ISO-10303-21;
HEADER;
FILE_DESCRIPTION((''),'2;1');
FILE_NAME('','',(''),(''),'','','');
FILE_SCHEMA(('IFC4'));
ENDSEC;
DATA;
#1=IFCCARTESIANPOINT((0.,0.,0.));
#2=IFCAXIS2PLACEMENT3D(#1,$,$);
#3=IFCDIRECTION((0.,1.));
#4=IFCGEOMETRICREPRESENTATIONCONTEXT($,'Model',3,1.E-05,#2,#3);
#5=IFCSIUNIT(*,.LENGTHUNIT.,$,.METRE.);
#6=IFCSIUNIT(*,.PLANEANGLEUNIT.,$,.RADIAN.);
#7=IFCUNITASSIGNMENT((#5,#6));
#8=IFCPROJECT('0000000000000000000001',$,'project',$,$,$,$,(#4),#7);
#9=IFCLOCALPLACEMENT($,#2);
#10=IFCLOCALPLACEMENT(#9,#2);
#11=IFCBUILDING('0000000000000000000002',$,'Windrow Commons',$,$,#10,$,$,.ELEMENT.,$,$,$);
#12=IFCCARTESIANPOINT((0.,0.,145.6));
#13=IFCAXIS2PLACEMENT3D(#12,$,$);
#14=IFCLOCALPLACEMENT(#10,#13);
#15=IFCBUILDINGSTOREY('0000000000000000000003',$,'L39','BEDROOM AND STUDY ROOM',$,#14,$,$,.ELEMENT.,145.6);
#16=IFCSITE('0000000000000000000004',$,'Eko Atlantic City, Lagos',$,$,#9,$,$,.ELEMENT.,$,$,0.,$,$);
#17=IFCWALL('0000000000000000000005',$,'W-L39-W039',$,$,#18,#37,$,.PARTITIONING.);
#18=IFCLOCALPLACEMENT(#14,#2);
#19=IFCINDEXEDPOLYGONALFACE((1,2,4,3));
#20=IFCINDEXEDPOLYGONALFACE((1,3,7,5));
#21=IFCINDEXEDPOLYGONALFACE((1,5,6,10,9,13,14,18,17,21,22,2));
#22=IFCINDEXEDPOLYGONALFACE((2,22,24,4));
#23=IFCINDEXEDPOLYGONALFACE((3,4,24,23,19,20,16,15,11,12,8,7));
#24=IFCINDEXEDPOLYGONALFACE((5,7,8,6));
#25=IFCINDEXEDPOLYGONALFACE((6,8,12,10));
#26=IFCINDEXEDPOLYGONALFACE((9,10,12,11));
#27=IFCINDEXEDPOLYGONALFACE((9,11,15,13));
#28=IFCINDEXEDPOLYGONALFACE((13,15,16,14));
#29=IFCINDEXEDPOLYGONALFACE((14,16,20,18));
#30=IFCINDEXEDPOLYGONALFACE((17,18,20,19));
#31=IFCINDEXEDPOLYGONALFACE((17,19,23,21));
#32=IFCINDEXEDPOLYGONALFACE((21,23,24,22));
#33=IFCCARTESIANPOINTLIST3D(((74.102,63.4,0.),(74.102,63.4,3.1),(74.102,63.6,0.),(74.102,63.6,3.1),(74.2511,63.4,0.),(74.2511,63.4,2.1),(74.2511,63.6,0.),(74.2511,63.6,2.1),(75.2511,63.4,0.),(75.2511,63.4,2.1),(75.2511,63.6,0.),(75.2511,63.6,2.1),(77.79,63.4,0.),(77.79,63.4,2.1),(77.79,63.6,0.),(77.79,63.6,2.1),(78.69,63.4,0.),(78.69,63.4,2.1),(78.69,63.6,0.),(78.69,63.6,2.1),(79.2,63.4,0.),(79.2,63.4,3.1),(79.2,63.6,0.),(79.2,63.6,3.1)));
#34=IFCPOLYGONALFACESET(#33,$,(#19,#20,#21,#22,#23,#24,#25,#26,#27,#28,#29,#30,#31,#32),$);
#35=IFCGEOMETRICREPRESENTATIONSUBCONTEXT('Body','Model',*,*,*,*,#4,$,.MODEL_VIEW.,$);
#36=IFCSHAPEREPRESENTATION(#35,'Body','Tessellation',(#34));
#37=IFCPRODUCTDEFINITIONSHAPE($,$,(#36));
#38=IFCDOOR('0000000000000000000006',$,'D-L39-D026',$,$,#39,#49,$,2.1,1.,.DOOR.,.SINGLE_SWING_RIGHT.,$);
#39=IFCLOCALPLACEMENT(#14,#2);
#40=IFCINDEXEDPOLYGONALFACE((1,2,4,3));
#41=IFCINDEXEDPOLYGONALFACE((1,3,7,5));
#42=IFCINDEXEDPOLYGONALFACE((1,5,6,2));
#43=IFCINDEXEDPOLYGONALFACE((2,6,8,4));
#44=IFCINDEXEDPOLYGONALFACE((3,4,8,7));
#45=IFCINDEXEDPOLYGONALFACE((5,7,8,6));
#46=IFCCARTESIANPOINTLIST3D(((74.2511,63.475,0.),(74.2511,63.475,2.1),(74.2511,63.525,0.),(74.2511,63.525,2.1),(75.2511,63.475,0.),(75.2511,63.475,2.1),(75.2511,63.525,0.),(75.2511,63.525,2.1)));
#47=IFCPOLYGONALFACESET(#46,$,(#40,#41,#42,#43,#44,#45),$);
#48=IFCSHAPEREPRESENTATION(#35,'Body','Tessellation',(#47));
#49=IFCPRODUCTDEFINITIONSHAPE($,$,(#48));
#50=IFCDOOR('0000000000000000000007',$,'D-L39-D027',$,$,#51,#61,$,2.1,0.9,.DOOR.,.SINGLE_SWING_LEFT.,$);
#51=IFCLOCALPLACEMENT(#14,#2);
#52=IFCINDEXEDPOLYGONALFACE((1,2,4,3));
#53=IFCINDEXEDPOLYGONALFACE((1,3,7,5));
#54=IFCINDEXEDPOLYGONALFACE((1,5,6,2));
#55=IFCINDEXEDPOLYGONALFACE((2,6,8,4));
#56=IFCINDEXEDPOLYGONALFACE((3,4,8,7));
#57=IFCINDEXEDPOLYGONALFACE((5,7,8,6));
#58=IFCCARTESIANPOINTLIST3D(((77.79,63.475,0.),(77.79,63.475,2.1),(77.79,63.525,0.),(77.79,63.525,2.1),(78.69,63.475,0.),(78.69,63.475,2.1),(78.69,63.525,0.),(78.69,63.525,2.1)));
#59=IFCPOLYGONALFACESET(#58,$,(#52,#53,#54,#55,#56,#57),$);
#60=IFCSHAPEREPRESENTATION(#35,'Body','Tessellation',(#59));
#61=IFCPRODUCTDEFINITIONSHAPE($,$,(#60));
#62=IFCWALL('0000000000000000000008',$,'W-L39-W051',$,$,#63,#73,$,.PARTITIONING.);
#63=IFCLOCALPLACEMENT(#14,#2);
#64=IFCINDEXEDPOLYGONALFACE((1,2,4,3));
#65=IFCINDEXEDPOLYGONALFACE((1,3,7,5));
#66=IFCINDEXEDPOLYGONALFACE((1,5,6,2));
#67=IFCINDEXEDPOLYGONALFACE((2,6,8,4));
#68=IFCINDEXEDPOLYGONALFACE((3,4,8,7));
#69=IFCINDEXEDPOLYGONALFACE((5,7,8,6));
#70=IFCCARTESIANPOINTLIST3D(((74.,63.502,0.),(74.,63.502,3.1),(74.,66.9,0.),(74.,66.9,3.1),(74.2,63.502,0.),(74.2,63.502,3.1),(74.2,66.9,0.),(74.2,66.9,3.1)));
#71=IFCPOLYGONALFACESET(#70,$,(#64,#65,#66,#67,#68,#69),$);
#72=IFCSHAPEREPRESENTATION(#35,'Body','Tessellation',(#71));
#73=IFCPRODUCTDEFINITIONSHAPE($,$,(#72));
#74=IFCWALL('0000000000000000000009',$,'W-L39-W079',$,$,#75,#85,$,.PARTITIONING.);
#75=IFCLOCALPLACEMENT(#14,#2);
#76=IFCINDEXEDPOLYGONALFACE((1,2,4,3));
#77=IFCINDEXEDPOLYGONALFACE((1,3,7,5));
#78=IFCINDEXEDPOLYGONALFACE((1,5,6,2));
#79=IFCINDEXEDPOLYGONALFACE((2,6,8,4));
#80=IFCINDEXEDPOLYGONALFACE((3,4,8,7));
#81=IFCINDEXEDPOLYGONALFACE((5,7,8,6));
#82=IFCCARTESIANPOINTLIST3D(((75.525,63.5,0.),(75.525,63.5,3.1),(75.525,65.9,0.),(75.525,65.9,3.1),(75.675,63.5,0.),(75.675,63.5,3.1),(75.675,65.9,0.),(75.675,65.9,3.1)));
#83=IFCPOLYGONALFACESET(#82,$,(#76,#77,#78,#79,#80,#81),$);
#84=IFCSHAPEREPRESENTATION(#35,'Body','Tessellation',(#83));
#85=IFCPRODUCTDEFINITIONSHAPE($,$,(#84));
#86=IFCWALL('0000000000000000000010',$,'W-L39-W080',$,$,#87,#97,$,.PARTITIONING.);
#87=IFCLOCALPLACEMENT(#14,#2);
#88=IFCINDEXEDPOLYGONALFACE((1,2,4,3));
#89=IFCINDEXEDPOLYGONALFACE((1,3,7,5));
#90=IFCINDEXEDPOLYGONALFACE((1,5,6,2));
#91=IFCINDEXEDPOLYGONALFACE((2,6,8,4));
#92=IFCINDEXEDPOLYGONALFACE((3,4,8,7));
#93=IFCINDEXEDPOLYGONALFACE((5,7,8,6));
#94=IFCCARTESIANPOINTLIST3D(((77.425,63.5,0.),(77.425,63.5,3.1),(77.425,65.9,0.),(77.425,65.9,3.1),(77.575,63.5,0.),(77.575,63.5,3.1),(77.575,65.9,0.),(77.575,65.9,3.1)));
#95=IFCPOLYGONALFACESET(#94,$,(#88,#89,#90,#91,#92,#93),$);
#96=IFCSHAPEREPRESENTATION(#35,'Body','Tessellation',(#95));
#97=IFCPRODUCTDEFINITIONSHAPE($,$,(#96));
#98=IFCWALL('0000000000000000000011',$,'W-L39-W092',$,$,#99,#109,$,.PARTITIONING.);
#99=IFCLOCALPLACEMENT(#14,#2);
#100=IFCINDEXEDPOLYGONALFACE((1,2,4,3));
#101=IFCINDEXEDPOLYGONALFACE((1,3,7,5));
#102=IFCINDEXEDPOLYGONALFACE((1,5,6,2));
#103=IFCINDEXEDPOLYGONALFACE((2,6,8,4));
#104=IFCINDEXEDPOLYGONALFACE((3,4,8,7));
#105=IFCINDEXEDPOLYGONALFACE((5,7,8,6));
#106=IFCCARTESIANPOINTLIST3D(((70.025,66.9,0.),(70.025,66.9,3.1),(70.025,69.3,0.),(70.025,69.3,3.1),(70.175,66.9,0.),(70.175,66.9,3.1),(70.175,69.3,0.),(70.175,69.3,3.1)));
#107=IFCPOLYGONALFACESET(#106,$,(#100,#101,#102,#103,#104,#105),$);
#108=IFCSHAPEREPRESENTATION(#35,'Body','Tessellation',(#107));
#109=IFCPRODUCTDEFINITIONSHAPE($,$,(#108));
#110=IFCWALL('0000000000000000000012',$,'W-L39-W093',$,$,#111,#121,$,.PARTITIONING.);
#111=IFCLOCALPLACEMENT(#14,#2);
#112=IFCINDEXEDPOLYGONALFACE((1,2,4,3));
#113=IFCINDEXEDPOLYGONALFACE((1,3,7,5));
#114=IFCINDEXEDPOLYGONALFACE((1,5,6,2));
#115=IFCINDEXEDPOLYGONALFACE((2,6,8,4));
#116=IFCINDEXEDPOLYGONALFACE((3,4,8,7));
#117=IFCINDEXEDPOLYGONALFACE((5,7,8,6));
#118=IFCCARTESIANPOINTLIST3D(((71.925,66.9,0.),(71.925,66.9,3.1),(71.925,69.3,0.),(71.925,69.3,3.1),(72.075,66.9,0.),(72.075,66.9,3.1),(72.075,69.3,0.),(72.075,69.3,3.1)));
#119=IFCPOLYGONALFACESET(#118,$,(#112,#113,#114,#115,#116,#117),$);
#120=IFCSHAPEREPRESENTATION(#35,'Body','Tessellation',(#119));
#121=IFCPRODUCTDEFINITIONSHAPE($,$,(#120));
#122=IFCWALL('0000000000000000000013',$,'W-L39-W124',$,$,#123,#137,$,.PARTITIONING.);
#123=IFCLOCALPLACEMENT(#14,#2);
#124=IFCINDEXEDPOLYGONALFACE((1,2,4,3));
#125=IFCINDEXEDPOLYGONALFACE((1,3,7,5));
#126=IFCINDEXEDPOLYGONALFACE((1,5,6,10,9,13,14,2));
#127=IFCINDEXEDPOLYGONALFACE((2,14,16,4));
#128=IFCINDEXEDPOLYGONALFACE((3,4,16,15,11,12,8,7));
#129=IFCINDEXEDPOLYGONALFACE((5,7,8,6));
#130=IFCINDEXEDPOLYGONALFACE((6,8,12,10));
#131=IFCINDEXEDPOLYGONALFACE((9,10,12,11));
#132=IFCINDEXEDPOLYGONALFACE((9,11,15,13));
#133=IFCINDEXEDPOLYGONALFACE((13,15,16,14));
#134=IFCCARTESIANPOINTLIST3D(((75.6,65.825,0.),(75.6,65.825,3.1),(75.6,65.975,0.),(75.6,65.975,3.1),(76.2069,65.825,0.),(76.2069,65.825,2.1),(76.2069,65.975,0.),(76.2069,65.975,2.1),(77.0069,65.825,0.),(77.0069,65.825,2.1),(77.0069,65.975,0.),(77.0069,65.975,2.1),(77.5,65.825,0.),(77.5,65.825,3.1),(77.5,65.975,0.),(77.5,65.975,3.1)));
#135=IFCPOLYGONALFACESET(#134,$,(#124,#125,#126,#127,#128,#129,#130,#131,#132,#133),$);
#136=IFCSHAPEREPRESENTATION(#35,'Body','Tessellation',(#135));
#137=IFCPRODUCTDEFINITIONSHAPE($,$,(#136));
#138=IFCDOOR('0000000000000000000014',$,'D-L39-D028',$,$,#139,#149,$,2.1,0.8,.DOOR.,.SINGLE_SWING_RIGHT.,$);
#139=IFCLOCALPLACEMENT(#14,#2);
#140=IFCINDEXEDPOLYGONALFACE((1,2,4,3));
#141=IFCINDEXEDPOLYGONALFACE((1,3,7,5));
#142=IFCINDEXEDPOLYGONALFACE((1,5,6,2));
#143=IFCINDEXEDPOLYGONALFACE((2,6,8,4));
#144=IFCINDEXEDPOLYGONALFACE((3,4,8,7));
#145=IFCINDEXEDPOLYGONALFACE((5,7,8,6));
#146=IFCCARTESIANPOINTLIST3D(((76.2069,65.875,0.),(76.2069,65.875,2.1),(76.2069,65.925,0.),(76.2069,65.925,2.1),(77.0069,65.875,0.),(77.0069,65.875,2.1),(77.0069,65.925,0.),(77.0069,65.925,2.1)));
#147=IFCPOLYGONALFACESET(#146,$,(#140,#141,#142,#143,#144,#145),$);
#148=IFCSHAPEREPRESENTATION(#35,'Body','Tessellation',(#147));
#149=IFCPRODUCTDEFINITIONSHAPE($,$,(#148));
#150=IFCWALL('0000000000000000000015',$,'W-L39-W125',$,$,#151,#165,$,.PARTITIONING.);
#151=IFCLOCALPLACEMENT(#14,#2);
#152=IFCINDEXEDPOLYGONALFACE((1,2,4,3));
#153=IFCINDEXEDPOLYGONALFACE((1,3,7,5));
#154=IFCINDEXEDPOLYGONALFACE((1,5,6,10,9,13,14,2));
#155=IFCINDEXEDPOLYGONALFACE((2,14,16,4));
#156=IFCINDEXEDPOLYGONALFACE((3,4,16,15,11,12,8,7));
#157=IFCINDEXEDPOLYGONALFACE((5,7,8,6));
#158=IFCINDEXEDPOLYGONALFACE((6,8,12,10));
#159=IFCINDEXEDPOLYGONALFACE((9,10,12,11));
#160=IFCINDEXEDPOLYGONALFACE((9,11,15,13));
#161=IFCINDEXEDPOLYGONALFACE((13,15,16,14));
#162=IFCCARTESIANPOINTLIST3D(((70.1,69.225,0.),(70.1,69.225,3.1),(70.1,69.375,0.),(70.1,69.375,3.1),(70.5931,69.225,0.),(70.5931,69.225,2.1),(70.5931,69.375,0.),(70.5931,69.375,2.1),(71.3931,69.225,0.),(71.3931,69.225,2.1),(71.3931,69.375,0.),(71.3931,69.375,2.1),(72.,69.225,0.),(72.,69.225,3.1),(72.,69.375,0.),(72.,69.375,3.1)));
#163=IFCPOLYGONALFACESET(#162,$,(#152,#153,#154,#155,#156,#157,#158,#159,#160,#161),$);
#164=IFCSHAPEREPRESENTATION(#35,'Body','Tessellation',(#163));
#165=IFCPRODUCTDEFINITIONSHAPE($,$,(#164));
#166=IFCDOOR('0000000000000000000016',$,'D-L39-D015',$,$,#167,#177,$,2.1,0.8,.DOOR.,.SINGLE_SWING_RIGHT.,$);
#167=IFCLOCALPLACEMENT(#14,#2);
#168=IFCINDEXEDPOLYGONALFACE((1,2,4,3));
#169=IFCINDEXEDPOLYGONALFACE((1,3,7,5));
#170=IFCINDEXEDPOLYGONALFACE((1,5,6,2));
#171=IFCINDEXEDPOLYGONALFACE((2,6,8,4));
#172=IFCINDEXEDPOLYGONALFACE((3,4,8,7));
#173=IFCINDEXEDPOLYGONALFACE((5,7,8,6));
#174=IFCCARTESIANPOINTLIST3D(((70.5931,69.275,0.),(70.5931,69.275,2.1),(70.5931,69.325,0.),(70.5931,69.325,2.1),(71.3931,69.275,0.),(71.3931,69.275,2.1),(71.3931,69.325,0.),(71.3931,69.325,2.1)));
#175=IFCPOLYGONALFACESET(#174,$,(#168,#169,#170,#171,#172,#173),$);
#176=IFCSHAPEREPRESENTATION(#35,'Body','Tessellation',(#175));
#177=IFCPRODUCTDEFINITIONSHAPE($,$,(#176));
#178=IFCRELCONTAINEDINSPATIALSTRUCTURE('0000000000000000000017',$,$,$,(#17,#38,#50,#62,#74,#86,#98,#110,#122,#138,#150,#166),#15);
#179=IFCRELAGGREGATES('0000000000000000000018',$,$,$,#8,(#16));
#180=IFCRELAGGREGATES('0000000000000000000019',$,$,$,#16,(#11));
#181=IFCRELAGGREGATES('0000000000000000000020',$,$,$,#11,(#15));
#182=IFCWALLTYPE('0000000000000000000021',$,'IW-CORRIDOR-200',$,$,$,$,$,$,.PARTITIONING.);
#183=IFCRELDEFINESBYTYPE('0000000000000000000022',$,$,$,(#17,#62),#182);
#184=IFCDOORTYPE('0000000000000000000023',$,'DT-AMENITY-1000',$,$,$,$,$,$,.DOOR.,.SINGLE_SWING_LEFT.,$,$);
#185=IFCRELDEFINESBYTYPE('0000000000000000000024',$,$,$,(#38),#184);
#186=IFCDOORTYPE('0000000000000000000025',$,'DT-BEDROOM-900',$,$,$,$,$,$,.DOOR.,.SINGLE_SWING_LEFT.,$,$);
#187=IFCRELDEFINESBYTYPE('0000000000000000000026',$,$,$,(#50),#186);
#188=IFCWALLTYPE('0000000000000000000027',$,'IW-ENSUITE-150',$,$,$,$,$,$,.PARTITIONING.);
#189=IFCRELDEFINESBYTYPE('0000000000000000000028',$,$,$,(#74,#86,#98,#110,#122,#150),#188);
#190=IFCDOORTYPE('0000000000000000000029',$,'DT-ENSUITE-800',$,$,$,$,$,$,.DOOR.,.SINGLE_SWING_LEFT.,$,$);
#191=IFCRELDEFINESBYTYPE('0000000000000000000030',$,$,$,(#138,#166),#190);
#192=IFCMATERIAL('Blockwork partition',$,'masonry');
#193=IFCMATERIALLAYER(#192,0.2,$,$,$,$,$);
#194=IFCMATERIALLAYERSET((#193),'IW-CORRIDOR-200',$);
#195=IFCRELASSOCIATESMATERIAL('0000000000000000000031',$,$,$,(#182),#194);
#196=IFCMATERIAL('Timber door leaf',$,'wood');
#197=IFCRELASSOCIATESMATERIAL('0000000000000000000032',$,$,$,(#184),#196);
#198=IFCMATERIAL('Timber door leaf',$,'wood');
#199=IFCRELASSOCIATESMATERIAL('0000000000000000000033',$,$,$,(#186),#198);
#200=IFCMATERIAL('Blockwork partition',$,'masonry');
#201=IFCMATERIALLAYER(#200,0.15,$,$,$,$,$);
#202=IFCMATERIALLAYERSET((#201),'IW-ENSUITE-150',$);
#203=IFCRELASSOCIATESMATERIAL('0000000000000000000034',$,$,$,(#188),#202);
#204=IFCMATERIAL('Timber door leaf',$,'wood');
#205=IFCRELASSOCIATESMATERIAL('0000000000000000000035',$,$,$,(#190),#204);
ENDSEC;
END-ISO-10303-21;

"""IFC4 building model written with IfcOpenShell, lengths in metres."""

from ifc_helpers import new_model, si_unit, direction, frame, frame_2d, origin, place, context, subcontext, project, spatial, rectangle, extrude, material, layer, layer_set, type_object, element, fill, save


model = new_model("IFC4")

# Units and contexts
model_context = context("Model", 3, precision=1e-05, world=origin(), true_north=direction((0.0, 1.0)))
body_context = subcontext(model_context, "Body", "Model", "MODEL_VIEW")
ifc_project = project(units=[si_unit("LENGTHUNIT", "METRE"), si_unit("PLANEANGLEUNIT", "RADIAN")], contexts=[model_context])

# Site, building, storey
site_placement = place(None, origin())
site = spatial("IfcSite", under=ifc_project, at=site_placement, Name="Eko Atlantic City, Lagos", CompositionType="ELEMENT", RefElevation=0.0)
building_placement = place(site_placement, origin())
building = spatial("IfcBuilding", under=site, at=building_placement, Name="Windrow Commons", CompositionType="ELEMENT")
storey_placement = place(building_placement, frame((0.0, 0.0, 145.6)))
storey = spatial("IfcBuildingStorey", under=building, at=storey_placement, Name="L39", Description="BEDROOM AND STUDY ROOM", CompositionType="ELEMENT", Elevation=145.6)

# Wall, openings, doors
ifc_material_1 = material(Name="Blockwork partition", Category="masonry")
ifc_layer_1 = layer(ifc_material_1, 0.2)
ifc_layer_set_1 = layer_set([ifc_layer_1], Name="IW-CORRIDOR-200")
wall_type_1 = type_object("IfcWallType", Name="IW-CORRIDOR-200", PredefinedType="PARTITIONING", material=ifc_layer_set_1)
wall_1_placement = place(storey_placement, frame((74.102, 63.5, 0.0), z_axis=(0.0, 0.0, 1.0), x_axis=(1.0, 0.0, 0.0)))
wall_1 = element("IfcWall", 1, at=wall_1_placement, inside=storey, type_object=wall_type_1, Name="W-L39-W039", PredefinedType="PARTITIONING", context=body_context, shape_type="SweptSolid", body=[
    extrude(rectangle(XDim=5.098, YDim=0.2, at=frame_2d((2.549, 0.0))), origin(), (0.0, 0.0, 1.0), 3.1),
])
opening_1_placement = place(wall_1_placement, frame((0.1491, 0.0, 0.0)))
opening_1 = element("IfcOpeningElement", 2, at=opening_1_placement, cuts=wall_1, PredefinedType="OPENING", context=body_context, shape_type="SweptSolid", body=[
    extrude(rectangle(XDim=1.0, YDim=2.1, at=frame_2d((0.5, 1.05))), frame((0.0, 0.11, 0.0), z_axis=(0.0, -1.0, 0.0), x_axis=(1.0, 0.0, 0.0)), (0.0, 0.0, 1.0), 0.22),
])
opening_2_placement = place(wall_1_placement, frame((3.688, 0.0, 0.0)))
opening_2 = element("IfcOpeningElement", 3, at=opening_2_placement, cuts=wall_1, PredefinedType="OPENING", context=body_context, shape_type="SweptSolid", body=[
    extrude(rectangle(XDim=0.9, YDim=2.1, at=frame_2d((0.45, 1.05))), frame((0.0, 0.11, 0.0), z_axis=(0.0, -1.0, 0.0), x_axis=(1.0, 0.0, 0.0)), (0.0, 0.0, 1.0), 0.22),
])
ifc_material_2 = material(Name="Timber door leaf", Category="wood")
door_type_1 = type_object("IfcDoorType", Name="DT-AMENITY-1000", OperationType="SINGLE_SWING_LEFT", PredefinedType="DOOR", material=ifc_material_2)
door_1_placement = place(opening_1_placement, origin())
door_1 = element("IfcDoor", 4, at=door_1_placement, inside=storey, type_object=door_type_1, Name="D-L39-D026", OperationType="SINGLE_SWING_RIGHT", OverallHeight=2.1, OverallWidth=1.0, PredefinedType="DOOR", context=body_context, shape_type="SweptSolid", body=[
    extrude(rectangle(XDim=1.0, YDim=2.1, at=frame_2d((0.5, 1.05))), frame((0.0, 0.025, 0.0), z_axis=(0.0, -1.0, 0.0), x_axis=(1.0, 0.0, 0.0)), (0.0, 0.0, 1.0), 0.05),
])
fill(opening_1, door_1)
ifc_material_3 = material(Name="Timber door leaf", Category="wood")
door_type_2 = type_object("IfcDoorType", Name="DT-BEDROOM-900", OperationType="SINGLE_SWING_LEFT", PredefinedType="DOOR", material=ifc_material_3)
door_2_placement = place(opening_2_placement, origin())
door_2 = element("IfcDoor", 5, at=door_2_placement, inside=storey, type_object=door_type_2, Name="D-L39-D027", OperationType="SINGLE_SWING_LEFT", OverallHeight=2.1, OverallWidth=0.9, PredefinedType="DOOR", context=body_context, shape_type="SweptSolid", body=[
    extrude(rectangle(XDim=0.9, YDim=2.1, at=frame_2d((0.45, 1.05))), frame((0.0, 0.025, 0.0), z_axis=(0.0, -1.0, 0.0), x_axis=(1.0, 0.0, 0.0)), (0.0, 0.0, 1.0), 0.05),
])
fill(opening_2, door_2)

# Walls
wall_2_placement = place(storey_placement, frame((74.1, 63.502, 0.0), z_axis=(0.0, 0.0, 1.0), x_axis=(0.0, 1.0, 0.0)))
element("IfcWall", 6, at=wall_2_placement, inside=storey, type_object=wall_type_1, Name="W-L39-W051", PredefinedType="PARTITIONING", context=body_context, shape_type="SweptSolid", body=[
    extrude(rectangle(XDim=3.398, YDim=0.2, at=frame_2d((1.699, 0.0))), origin(), (0.0, 0.0, 1.0), 3.1),
])
ifc_material_4 = material(Name="Blockwork partition", Category="masonry")
ifc_layer_2 = layer(ifc_material_4, 0.15)
ifc_layer_set_2 = layer_set([ifc_layer_2], Name="IW-ENSUITE-150")
wall_type_2 = type_object("IfcWallType", Name="IW-ENSUITE-150", PredefinedType="PARTITIONING", material=ifc_layer_set_2)
for number, where, z_axis, x_axis, name in (
    (7, (75.6, 63.5, 0.0), (0.0, 0.0, 1.0), (0.0, 1.0, 0.0), "W-L39-W079"),
    (8, (77.5, 63.5, 0.0), (0.0, 0.0, 1.0), (0.0, 1.0, 0.0), "W-L39-W080"),
    (9, (70.1, 66.9, 0.0), (0.0, 0.0, 1.0), (0.0, 1.0, 0.0), "W-L39-W092"),
    (10, (72.0, 66.9, 0.0), (0.0, 0.0, 1.0), (0.0, 1.0, 0.0), "W-L39-W093"),
):
    element("IfcWall", number, at=place(storey_placement, frame(where, z_axis=z_axis, x_axis=x_axis)), inside=storey, type_object=wall_type_2, Name=name, PredefinedType="PARTITIONING", context=body_context, shape_type="SweptSolid", body=[
        extrude(rectangle(XDim=2.4, YDim=0.15, at=frame_2d((1.2, 0.0))), origin(), (0.0, 0.0, 1.0), 3.1),
    ])

# Walls, openings, doors
wall_3_placement = place(storey_placement, frame((75.6, 65.9, 0.0), z_axis=(0.0, 0.0, 1.0), x_axis=(1.0, 0.0, 0.0)))
wall_3 = element("IfcWall", 11, at=wall_3_placement, inside=storey, type_object=wall_type_2, Name="W-L39-W124", PredefinedType="PARTITIONING", context=body_context, shape_type="SweptSolid", body=[
    extrude(rectangle(XDim=1.9, YDim=0.15, at=frame_2d((0.95, 0.0))), origin(), (0.0, 0.0, 1.0), 3.1),
])
opening_3_placement = place(wall_3_placement, frame((0.6069, 0.0, 0.0)))
opening_3 = element("IfcOpeningElement", 12, at=opening_3_placement, cuts=wall_3, PredefinedType="OPENING", context=body_context, shape_type="SweptSolid", body=[
    extrude(rectangle(XDim=0.8, YDim=2.1, at=frame_2d((0.4, 1.05))), frame((0.0, 0.085, 0.0), z_axis=(0.0, -1.0, 0.0), x_axis=(1.0, 0.0, 0.0)), (0.0, 0.0, 1.0), 0.17),
])
ifc_material_5 = material(Name="Timber door leaf", Category="wood")
door_type_3 = type_object("IfcDoorType", Name="DT-ENSUITE-800", OperationType="SINGLE_SWING_LEFT", PredefinedType="DOOR", material=ifc_material_5)
door_3_placement = place(opening_3_placement, origin())
door_3 = element("IfcDoor", 13, at=door_3_placement, inside=storey, type_object=door_type_3, Name="D-L39-D028", OperationType="SINGLE_SWING_RIGHT", OverallHeight=2.1, OverallWidth=0.8, PredefinedType="DOOR", context=body_context, shape_type="SweptSolid", body=[
    extrude(rectangle(XDim=0.8, YDim=2.1, at=frame_2d((0.4, 1.05))), frame((0.0, 0.025, 0.0), z_axis=(0.0, -1.0, 0.0), x_axis=(1.0, 0.0, 0.0)), (0.0, 0.0, 1.0), 0.05),
])
fill(opening_3, door_3)
wall_4_placement = place(storey_placement, frame((70.1, 69.3, 0.0), z_axis=(0.0, 0.0, 1.0), x_axis=(1.0, 0.0, 0.0)))
wall_4 = element("IfcWall", 14, at=wall_4_placement, inside=storey, type_object=wall_type_2, Name="W-L39-W125", PredefinedType="PARTITIONING", context=body_context, shape_type="SweptSolid", body=[
    extrude(rectangle(XDim=1.9, YDim=0.15, at=frame_2d((0.95, 0.0))), origin(), (0.0, 0.0, 1.0), 3.1),
])
opening_4_placement = place(wall_4_placement, frame((0.4931, 0.0, 0.0)))
opening_4 = element("IfcOpeningElement", 15, at=opening_4_placement, cuts=wall_4, PredefinedType="OPENING", context=body_context, shape_type="SweptSolid", body=[
    extrude(rectangle(XDim=0.8, YDim=2.1, at=frame_2d((0.4, 1.05))), frame((0.0, 0.085, 0.0), z_axis=(0.0, -1.0, 0.0), x_axis=(1.0, 0.0, 0.0)), (0.0, 0.0, 1.0), 0.17),
])
door_4_placement = place(opening_4_placement, origin())
door_4 = element("IfcDoor", 16, at=door_4_placement, inside=storey, type_object=door_type_3, Name="D-L39-D015", OperationType="SINGLE_SWING_RIGHT", OverallHeight=2.1, OverallWidth=0.8, PredefinedType="DOOR", context=body_context, shape_type="SweptSolid", body=[
    extrude(rectangle(XDim=0.8, YDim=2.1, at=frame_2d((0.4, 1.05))), frame((0.0, 0.025, 0.0), z_axis=(0.0, -1.0, 0.0), x_axis=(1.0, 0.0, 0.0)), (0.0, 0.0, 1.0), 0.05),
])
fill(opening_4, door_4)

save(model, "model.ifc")
